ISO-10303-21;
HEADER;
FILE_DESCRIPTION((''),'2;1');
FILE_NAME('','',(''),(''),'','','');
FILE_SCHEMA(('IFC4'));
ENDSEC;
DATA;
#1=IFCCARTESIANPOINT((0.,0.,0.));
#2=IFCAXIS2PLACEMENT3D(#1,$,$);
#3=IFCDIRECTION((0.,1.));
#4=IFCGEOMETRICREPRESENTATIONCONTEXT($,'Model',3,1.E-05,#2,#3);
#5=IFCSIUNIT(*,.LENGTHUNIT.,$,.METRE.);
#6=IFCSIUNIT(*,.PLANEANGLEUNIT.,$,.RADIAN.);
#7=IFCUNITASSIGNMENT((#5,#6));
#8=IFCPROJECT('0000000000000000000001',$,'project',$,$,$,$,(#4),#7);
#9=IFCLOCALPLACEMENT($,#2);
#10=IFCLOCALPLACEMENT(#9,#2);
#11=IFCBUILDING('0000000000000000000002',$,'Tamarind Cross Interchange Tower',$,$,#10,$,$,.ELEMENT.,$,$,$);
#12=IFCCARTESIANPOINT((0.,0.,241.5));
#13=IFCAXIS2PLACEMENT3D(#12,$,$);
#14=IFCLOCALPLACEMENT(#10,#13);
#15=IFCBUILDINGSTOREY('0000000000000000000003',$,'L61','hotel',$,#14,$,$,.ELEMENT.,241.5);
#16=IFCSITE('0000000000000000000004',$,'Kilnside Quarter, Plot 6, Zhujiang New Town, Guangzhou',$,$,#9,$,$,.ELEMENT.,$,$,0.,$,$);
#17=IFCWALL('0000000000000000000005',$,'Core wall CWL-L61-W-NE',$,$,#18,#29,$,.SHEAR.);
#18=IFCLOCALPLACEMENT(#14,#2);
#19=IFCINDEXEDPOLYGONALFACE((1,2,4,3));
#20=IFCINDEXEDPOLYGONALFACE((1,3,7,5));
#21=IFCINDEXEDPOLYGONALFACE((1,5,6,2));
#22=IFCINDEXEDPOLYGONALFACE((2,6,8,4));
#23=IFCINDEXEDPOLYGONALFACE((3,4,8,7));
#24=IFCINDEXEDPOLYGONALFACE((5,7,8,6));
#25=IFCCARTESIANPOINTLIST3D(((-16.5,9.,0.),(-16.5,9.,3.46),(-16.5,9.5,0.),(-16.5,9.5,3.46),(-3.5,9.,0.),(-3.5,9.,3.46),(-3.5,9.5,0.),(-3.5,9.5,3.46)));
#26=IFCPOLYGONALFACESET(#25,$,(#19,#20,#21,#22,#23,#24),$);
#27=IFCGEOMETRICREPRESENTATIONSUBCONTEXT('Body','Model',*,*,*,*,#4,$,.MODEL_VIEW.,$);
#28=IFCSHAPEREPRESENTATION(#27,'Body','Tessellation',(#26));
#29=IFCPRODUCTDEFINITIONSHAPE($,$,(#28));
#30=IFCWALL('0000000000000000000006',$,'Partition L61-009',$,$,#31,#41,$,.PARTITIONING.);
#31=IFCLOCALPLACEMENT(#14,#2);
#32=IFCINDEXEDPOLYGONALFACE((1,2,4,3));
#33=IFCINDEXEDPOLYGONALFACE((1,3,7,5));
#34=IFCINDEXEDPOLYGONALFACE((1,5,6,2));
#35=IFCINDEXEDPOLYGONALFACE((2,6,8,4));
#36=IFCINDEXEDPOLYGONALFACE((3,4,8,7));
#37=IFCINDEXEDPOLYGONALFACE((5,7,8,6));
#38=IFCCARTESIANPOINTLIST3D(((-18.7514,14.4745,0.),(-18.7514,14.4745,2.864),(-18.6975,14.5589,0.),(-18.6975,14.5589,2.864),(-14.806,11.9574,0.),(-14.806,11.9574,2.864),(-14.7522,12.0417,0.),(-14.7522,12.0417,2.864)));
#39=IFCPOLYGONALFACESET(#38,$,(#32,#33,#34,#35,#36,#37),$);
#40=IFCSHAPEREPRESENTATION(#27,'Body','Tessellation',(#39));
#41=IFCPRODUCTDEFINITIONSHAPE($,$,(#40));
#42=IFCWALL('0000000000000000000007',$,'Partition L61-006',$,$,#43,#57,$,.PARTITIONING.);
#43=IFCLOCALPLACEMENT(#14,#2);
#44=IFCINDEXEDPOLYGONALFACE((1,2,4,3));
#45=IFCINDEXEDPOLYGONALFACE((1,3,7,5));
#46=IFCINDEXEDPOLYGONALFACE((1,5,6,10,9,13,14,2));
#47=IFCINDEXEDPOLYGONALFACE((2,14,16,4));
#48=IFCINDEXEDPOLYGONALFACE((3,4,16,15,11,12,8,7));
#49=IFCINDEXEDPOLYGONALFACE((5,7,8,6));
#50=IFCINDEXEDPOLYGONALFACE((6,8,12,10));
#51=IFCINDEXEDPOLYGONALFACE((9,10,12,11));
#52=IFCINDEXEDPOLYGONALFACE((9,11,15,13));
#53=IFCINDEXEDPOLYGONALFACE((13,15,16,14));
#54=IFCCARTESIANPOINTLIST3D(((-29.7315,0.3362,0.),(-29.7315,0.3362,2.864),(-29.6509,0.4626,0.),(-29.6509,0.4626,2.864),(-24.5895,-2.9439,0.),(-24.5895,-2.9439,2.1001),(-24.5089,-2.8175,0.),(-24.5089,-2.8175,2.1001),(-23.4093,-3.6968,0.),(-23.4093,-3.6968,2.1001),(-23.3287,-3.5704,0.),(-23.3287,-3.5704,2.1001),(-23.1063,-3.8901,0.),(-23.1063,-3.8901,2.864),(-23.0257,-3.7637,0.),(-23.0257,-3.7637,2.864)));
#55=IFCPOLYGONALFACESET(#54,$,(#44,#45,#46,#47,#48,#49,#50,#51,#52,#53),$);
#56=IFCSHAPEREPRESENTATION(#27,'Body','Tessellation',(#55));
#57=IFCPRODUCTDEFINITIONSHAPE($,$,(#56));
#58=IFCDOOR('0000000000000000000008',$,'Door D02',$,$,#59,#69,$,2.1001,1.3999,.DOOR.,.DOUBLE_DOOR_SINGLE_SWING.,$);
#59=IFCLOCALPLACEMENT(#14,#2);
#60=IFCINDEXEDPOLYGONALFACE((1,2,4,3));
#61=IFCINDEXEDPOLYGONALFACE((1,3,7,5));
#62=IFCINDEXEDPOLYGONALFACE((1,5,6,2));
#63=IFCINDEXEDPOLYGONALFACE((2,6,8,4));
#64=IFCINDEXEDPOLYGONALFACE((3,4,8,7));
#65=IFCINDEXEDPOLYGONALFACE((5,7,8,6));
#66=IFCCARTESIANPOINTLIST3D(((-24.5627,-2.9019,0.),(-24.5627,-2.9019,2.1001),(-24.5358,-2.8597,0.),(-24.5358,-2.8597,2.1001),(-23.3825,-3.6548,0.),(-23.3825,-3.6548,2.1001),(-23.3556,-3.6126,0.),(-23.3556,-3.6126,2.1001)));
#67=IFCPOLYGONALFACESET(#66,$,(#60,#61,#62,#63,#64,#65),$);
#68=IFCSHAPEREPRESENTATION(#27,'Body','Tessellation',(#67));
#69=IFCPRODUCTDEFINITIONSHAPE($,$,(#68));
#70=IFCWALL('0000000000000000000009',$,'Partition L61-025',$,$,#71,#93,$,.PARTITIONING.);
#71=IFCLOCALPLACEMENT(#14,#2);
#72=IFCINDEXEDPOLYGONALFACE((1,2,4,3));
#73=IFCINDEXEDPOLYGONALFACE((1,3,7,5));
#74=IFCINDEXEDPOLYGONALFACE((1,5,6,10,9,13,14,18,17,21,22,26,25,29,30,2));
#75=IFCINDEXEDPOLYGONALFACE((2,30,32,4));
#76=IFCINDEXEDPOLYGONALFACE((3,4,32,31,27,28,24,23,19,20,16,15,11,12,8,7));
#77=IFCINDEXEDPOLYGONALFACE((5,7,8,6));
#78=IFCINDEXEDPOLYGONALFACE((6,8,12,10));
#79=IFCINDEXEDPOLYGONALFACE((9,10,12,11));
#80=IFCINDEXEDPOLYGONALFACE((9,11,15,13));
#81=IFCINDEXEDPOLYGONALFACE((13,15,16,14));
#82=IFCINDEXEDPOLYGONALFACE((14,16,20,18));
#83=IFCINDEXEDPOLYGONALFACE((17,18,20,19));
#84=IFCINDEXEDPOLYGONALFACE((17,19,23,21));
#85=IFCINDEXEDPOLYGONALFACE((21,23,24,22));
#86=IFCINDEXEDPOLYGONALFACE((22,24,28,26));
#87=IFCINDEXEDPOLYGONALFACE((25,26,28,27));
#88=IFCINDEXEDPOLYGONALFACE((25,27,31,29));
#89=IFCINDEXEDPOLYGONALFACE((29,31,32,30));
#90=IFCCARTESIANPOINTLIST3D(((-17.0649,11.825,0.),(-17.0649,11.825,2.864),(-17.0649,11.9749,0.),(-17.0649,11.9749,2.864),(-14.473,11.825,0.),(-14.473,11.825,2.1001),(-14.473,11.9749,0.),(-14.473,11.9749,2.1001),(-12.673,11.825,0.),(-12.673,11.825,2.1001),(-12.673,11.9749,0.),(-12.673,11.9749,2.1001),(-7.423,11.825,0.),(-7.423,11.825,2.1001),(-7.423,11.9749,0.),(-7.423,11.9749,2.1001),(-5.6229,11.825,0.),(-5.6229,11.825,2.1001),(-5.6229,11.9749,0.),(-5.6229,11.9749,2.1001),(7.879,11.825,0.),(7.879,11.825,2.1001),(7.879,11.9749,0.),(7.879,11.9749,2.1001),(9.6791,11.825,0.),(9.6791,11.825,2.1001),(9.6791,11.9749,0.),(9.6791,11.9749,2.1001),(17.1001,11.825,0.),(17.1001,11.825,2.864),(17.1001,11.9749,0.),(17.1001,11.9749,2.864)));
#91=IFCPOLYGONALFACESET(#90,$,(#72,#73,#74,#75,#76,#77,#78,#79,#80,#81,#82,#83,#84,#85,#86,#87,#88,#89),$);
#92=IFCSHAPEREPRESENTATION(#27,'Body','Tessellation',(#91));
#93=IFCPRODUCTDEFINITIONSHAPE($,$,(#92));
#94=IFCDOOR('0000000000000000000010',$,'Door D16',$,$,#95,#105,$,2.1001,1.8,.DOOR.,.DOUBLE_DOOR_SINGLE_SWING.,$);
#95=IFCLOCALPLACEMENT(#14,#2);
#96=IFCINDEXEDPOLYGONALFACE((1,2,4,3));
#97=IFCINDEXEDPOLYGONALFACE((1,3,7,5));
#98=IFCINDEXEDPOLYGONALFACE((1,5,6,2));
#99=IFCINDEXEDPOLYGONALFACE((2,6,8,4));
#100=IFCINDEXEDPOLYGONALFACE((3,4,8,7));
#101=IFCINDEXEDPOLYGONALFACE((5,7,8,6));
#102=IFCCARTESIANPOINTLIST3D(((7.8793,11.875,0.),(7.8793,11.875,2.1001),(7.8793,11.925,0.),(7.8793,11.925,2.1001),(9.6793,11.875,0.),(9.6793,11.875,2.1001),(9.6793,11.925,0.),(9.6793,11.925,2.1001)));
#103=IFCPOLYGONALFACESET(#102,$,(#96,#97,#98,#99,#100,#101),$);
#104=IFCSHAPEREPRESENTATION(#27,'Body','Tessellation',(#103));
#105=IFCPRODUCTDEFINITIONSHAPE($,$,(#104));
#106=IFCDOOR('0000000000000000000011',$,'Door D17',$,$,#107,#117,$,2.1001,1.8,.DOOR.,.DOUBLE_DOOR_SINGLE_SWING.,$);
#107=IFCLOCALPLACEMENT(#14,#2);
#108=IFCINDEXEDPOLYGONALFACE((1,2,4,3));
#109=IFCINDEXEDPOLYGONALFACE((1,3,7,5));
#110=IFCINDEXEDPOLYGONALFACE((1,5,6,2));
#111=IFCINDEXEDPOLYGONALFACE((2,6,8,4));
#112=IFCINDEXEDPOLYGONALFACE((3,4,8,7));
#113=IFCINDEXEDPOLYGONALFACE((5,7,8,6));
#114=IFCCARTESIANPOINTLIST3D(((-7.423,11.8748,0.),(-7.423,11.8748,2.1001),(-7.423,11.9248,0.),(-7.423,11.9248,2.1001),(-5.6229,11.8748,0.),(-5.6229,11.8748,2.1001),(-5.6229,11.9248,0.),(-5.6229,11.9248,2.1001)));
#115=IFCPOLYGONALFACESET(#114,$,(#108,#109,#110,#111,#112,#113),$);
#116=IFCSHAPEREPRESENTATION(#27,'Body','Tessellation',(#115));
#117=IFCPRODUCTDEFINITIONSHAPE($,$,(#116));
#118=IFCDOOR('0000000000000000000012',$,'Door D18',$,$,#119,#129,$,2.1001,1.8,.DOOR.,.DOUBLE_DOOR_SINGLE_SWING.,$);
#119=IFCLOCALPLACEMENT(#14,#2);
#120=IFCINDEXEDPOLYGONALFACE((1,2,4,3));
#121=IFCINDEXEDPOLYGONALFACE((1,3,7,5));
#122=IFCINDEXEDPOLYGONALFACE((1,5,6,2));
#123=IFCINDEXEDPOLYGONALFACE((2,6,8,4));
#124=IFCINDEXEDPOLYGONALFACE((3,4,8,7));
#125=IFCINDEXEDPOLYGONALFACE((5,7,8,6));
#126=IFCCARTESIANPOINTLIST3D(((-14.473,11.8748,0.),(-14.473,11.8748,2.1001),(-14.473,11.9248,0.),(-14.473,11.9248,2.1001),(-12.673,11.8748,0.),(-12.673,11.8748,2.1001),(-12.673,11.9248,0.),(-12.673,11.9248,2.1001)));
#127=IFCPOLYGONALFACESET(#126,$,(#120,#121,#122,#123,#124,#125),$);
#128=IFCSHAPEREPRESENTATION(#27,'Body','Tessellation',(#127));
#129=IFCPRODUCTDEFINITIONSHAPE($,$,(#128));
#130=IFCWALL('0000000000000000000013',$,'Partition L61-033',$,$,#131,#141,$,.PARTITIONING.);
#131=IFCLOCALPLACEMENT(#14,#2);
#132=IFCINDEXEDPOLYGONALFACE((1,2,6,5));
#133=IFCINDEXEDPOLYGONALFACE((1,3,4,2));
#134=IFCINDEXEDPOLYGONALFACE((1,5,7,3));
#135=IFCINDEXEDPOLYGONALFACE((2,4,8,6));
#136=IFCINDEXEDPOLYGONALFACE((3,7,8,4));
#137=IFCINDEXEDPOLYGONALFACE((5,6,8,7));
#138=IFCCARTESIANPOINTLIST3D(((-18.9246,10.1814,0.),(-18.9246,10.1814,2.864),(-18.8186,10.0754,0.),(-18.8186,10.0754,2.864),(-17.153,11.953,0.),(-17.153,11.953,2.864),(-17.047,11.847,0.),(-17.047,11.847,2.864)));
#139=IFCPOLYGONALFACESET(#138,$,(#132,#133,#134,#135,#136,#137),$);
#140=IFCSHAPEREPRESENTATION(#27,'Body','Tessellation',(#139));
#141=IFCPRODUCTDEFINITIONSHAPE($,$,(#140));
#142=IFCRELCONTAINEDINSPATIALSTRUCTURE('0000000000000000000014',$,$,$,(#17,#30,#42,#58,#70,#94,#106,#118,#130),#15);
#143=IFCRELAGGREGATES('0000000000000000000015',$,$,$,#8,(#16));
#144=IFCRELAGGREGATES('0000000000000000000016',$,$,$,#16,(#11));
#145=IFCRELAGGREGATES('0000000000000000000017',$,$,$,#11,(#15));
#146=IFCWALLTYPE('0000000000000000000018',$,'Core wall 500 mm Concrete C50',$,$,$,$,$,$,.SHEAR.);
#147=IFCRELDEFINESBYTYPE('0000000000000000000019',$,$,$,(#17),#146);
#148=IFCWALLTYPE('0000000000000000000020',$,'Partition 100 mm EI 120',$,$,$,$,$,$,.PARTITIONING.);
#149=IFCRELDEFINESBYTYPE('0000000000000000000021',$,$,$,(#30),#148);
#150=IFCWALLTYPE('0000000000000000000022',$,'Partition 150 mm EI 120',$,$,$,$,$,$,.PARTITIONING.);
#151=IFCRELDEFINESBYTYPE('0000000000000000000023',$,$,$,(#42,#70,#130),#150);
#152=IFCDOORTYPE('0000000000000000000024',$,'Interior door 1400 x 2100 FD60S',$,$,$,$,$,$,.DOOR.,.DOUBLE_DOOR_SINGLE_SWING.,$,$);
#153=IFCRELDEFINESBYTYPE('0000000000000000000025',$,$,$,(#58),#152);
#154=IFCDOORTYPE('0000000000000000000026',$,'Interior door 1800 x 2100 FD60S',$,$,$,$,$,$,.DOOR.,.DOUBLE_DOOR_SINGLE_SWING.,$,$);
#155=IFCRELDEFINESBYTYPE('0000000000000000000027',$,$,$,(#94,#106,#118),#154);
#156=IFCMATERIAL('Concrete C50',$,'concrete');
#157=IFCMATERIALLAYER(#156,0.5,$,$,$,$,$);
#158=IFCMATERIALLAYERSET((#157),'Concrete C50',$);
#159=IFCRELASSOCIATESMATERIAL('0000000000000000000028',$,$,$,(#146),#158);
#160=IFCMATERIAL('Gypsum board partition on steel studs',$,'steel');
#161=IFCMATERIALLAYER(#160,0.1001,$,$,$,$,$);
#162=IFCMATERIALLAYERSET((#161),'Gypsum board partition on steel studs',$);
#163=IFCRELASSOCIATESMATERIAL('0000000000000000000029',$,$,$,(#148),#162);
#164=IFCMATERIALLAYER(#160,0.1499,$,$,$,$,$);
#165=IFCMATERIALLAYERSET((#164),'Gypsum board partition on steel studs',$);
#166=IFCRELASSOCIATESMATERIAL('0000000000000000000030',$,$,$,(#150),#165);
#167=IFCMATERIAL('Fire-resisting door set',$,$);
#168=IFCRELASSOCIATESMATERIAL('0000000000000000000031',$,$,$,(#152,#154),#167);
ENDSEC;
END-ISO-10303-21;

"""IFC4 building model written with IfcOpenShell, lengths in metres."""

from ifc_helpers import new_model, si_unit, direction, frame, frame_2d, origin, place, context, subcontext, project, spatial, rectangle, extrude, material, layer, layer_set, type_object, element, fill, save


model = new_model("IFC4")

# Units and contexts
model_context = context("Model", 3, precision=1e-05, world=origin(), true_north=direction((0.0, 1.0)))
body_context = subcontext(model_context, "Body", "Model", "MODEL_VIEW")
ifc_project = project(units=[si_unit("LENGTHUNIT", "METRE"), si_unit("PLANEANGLEUNIT", "RADIAN")], contexts=[model_context])

# Site, building, storey
site_placement = place(None, origin())
site = spatial("IfcSite", under=ifc_project, at=site_placement, Name="Kilnside Quarter, Plot 6, Zhujiang New Town, Guangzhou", CompositionType="ELEMENT", RefElevation=0.0)
building_placement = place(site_placement, origin())
building = spatial("IfcBuilding", under=site, at=building_placement, Name="Tamarind Cross Interchange Tower", CompositionType="ELEMENT")
storey_placement = place(building_placement, frame((0.0, 0.0, 241.5)))
storey = spatial("IfcBuildingStorey", under=building, at=storey_placement, Name="L61", Description="hotel", CompositionType="ELEMENT", Elevation=241.5)

# Shared definitions
ifc_material_1 = material(Name="Concrete C50", Category="concrete")

# Walls
ifc_layer_1 = layer(ifc_material_1, 0.5)
ifc_layer_set_1 = layer_set([ifc_layer_1], Name="Concrete C50")
wall_type_1 = type_object("IfcWallType", Name="Core wall 500 mm Concrete C50", PredefinedType="SHEAR", material=ifc_layer_set_1)
wall_1_placement = place(storey_placement, frame((-16.5, 9.25, 0.0), z_axis=(0.0, 0.0, 1.0), x_axis=(1.0, 0.0, 0.0)))
element("IfcWall", 1, at=wall_1_placement, inside=storey, type_object=wall_type_1, Name="Core wall CWL-L61-W-NE", PredefinedType="SHEAR", context=body_context, shape_type="SweptSolid", body=[
    extrude(rectangle(XDim=13.0, YDim=0.5, at=frame_2d((6.5, 0.0))), origin(), (0.0, 0.0, 1.0), 3.46),
])
ifc_material_2 = material(Name="Gypsum board partition on steel studs", Category="steel")
ifc_layer_2 = layer(ifc_material_2, 0.1001)
ifc_layer_set_2 = layer_set([ifc_layer_2], Name="Gypsum board partition on steel studs")
wall_type_2 = type_object("IfcWallType", Name="Partition 100 mm EI 120", PredefinedType="PARTITIONING", material=ifc_layer_set_2)
wall_2_placement = place(storey_placement, frame((-18.7244, 14.5166, 0.0), z_axis=(0.0, 0.0, 1.0), x_axis=(0.843038, -0.537854, 0.0)))
element("IfcWall", 2, at=wall_2_placement, inside=storey, type_object=wall_type_2, Name="Partition L61-009", PredefinedType="PARTITIONING", context=body_context, shape_type="SweptSolid", body=[
    extrude(rectangle(XDim=4.6799, YDim=0.1001, at=frame_2d((2.3398, 0.0))), origin(), (0.0, 0.0, 1.0), 2.864),
])

# Wall, opening, door
ifc_layer_3 = layer(ifc_material_2, 0.1499)
ifc_layer_set_3 = layer_set([ifc_layer_3], Name="Gypsum board partition on steel studs")
wall_type_3 = type_object("IfcWallType", Name="Partition 150 mm EI 120", PredefinedType="PARTITIONING", material=ifc_layer_set_3)
wall_3_placement = place(storey_placement, frame((-29.6912, 0.3994, 0.0), z_axis=(0.0, 0.0, 1.0), x_axis=(0.84307, -0.537804, 0.0)))
wall_3 = element("IfcWall", 3, at=wall_3_placement, inside=storey, type_object=wall_type_3, Name="Partition L61-006", PredefinedType="PARTITIONING", context=body_context, shape_type="SweptSolid", body=[
    extrude(rectangle(XDim=7.8584, YDim=0.1499, at=frame_2d((3.9292, 0.0))), origin(), (0.0, 0.0, 1.0), 2.864),
])
opening_1_placement = place(wall_3_placement, frame((6.0991, 0.0, 0.0)))
opening_1 = element("IfcOpeningElement", 4, at=opening_1_placement, cuts=wall_3, PredefinedType="OPENING", context=body_context, shape_type="SweptSolid", body=[
    extrude(rectangle(XDim=1.3999, YDim=2.1001, at=frame_2d((0.7, 1.05))), frame((0.0, 0.085, 0.0), z_axis=(0.0, -1.0, 0.0), x_axis=(1.0, 0.0, 0.0)), (0.0, 0.0, 1.0), 0.1699),
])
ifc_material_3 = material(Name="Fire-resisting door set")
door_type_1 = type_object("IfcDoorType", Name="Interior door 1400 x 2100 FD60S", OperationType="DOUBLE_DOOR_SINGLE_SWING", PredefinedType="DOOR", material=ifc_material_3)
door_1_placement = place(opening_1_placement, origin())
door_1 = element("IfcDoor", 5, at=door_1_placement, inside=storey, type_object=door_type_1, Name="Door D02", OperationType="DOUBLE_DOOR_SINGLE_SWING", OverallHeight=2.1001, OverallWidth=1.3999, PredefinedType="DOOR", context=body_context, shape_type="SweptSolid", body=[
    extrude(rectangle(XDim=1.3999, YDim=2.1001, at=frame_2d((0.7, 1.05))), frame((0.0, 0.0249, 0.0), z_axis=(0.0, -1.0, 0.0), x_axis=(1.0, 0.0, 0.0)), (0.0, 0.0, 1.0), 0.05),
])
fill(opening_1, door_1)

# Wall, openings, doors
wall_4_placement = place(storey_placement, frame((-17.0649, 11.8999, 0.0), z_axis=(0.0, 0.0, 1.0), x_axis=(1.0, 0.0, 0.0)))
wall_4 = element("IfcWall", 6, at=wall_4_placement, inside=storey, type_object=wall_type_3, Name="Partition L61-025", PredefinedType="PARTITIONING", context=body_context, shape_type="SweptSolid", body=[
    extrude(rectangle(XDim=34.165, YDim=0.1499, at=frame_2d((17.0825, 0.0))), origin(), (0.0, 0.0, 1.0), 2.864),
])
opening_2_placement = place(wall_4_placement, frame((24.9441, 0.0, 0.0)))
opening_2 = element("IfcOpeningElement", 7, at=opening_2_placement, cuts=wall_4, PredefinedType="OPENING", context=body_context, shape_type="SweptSolid", body=[
    extrude(rectangle(XDim=1.8, YDim=2.1001, at=frame_2d((0.8999, 1.05))), frame((0.0, 0.085, 0.0), z_axis=(0.0, -1.0, 0.0), x_axis=(1.0, 0.0, 0.0)), (0.0, 0.0, 1.0), 0.1699),
])
opening_3_placement = place(wall_4_placement, frame((9.6421, 0.0, 0.0)))
opening_3 = element("IfcOpeningElement", 8, at=opening_3_placement, cuts=wall_4, PredefinedType="OPENING", context=body_context, shape_type="SweptSolid", body=[
    extrude(rectangle(XDim=1.8, YDim=2.1001, at=frame_2d((0.8999, 1.05))), frame((0.0, 0.085, 0.0), z_axis=(0.0, -1.0, 0.0), x_axis=(1.0, 0.0, 0.0)), (0.0, 0.0, 1.0), 0.1699),
])
opening_4_placement = place(wall_4_placement, frame((2.592, 0.0, 0.0)))
opening_4 = element("IfcOpeningElement", 9, at=opening_4_placement, cuts=wall_4, PredefinedType="OPENING", context=body_context, shape_type="SweptSolid", body=[
    extrude(rectangle(XDim=1.8, YDim=2.1001, at=frame_2d((0.8999, 1.05))), frame((0.0, 0.085, 0.0), z_axis=(0.0, -1.0, 0.0), x_axis=(1.0, 0.0, 0.0)), (0.0, 0.0, 1.0), 0.1699),
])
door_type_2 = type_object("IfcDoorType", Name="Interior door 1800 x 2100 FD60S", OperationType="DOUBLE_DOOR_SINGLE_SWING", PredefinedType="DOOR", material=ifc_material_3)
door_2_placement = place(opening_2_placement, frame((1.8, 0.0, 0.0), z_axis=(0.0, 0.0, 1.0), x_axis=(-1.0, 0.0, 0.0)))
door_2 = element("IfcDoor", 10, at=door_2_placement, inside=storey, type_object=door_type_2, Name="Door D16", OperationType="DOUBLE_DOOR_SINGLE_SWING", OverallHeight=2.1001, OverallWidth=1.8, PredefinedType="DOOR", context=body_context, shape_type="SweptSolid", body=[
    extrude(rectangle(XDim=1.8, YDim=2.1001, at=frame_2d((0.8999, 1.05))), frame((0.0, 0.0249, 0.0), z_axis=(0.0, -1.0, 0.0), x_axis=(1.0, 0.0, 0.0)), (0.0, 0.0, 1.0), 0.05),
])
fill(opening_2, door_2)
door_3_placement = place(opening_3_placement, origin())
door_3 = element("IfcDoor", 11, at=door_3_placement, inside=storey, type_object=door_type_2, Name="Door D17", OperationType="DOUBLE_DOOR_SINGLE_SWING", OverallHeight=2.1001, OverallWidth=1.8, PredefinedType="DOOR", context=body_context, shape_type="SweptSolid", body=[
    extrude(rectangle(XDim=1.8, YDim=2.1001, at=frame_2d((0.8999, 1.05))), frame((0.0, 0.0249, 0.0), z_axis=(0.0, -1.0, 0.0), x_axis=(1.0, 0.0, 0.0)), (0.0, 0.0, 1.0), 0.05),
])
fill(opening_3, door_3)
door_4_placement = place(opening_4_placement, origin())
door_4 = element("IfcDoor", 12, at=door_4_placement, inside=storey, type_object=door_type_2, Name="Door D18", OperationType="DOUBLE_DOOR_SINGLE_SWING", OverallHeight=2.1001, OverallWidth=1.8, PredefinedType="DOOR", context=body_context, shape_type="SweptSolid", body=[
    extrude(rectangle(XDim=1.8, YDim=2.1001, at=frame_2d((0.8999, 1.05))), frame((0.0, 0.0249, 0.0), z_axis=(0.0, -1.0, 0.0), x_axis=(1.0, 0.0, 0.0)), (0.0, 0.0, 1.0), 0.05),
])
fill(opening_4, door_4)

# Wall
wall_5_placement = place(storey_placement, frame((-18.8716, 10.1284, 0.0), z_axis=(0.0, 0.0, 1.0), x_axis=(0.707107, 0.707107, 0.0)))
element("IfcWall", 13, at=wall_5_placement, inside=storey, type_object=wall_type_3, Name="Partition L61-033", PredefinedType="PARTITIONING", context=body_context, shape_type="SweptSolid", body=[
    extrude(rectangle(XDim=2.5054, YDim=0.1499, at=frame_2d((1.2527, 0.0))), origin(), (0.0, 0.0, 1.0), 2.864),
])

save(model, "model.ifc")
